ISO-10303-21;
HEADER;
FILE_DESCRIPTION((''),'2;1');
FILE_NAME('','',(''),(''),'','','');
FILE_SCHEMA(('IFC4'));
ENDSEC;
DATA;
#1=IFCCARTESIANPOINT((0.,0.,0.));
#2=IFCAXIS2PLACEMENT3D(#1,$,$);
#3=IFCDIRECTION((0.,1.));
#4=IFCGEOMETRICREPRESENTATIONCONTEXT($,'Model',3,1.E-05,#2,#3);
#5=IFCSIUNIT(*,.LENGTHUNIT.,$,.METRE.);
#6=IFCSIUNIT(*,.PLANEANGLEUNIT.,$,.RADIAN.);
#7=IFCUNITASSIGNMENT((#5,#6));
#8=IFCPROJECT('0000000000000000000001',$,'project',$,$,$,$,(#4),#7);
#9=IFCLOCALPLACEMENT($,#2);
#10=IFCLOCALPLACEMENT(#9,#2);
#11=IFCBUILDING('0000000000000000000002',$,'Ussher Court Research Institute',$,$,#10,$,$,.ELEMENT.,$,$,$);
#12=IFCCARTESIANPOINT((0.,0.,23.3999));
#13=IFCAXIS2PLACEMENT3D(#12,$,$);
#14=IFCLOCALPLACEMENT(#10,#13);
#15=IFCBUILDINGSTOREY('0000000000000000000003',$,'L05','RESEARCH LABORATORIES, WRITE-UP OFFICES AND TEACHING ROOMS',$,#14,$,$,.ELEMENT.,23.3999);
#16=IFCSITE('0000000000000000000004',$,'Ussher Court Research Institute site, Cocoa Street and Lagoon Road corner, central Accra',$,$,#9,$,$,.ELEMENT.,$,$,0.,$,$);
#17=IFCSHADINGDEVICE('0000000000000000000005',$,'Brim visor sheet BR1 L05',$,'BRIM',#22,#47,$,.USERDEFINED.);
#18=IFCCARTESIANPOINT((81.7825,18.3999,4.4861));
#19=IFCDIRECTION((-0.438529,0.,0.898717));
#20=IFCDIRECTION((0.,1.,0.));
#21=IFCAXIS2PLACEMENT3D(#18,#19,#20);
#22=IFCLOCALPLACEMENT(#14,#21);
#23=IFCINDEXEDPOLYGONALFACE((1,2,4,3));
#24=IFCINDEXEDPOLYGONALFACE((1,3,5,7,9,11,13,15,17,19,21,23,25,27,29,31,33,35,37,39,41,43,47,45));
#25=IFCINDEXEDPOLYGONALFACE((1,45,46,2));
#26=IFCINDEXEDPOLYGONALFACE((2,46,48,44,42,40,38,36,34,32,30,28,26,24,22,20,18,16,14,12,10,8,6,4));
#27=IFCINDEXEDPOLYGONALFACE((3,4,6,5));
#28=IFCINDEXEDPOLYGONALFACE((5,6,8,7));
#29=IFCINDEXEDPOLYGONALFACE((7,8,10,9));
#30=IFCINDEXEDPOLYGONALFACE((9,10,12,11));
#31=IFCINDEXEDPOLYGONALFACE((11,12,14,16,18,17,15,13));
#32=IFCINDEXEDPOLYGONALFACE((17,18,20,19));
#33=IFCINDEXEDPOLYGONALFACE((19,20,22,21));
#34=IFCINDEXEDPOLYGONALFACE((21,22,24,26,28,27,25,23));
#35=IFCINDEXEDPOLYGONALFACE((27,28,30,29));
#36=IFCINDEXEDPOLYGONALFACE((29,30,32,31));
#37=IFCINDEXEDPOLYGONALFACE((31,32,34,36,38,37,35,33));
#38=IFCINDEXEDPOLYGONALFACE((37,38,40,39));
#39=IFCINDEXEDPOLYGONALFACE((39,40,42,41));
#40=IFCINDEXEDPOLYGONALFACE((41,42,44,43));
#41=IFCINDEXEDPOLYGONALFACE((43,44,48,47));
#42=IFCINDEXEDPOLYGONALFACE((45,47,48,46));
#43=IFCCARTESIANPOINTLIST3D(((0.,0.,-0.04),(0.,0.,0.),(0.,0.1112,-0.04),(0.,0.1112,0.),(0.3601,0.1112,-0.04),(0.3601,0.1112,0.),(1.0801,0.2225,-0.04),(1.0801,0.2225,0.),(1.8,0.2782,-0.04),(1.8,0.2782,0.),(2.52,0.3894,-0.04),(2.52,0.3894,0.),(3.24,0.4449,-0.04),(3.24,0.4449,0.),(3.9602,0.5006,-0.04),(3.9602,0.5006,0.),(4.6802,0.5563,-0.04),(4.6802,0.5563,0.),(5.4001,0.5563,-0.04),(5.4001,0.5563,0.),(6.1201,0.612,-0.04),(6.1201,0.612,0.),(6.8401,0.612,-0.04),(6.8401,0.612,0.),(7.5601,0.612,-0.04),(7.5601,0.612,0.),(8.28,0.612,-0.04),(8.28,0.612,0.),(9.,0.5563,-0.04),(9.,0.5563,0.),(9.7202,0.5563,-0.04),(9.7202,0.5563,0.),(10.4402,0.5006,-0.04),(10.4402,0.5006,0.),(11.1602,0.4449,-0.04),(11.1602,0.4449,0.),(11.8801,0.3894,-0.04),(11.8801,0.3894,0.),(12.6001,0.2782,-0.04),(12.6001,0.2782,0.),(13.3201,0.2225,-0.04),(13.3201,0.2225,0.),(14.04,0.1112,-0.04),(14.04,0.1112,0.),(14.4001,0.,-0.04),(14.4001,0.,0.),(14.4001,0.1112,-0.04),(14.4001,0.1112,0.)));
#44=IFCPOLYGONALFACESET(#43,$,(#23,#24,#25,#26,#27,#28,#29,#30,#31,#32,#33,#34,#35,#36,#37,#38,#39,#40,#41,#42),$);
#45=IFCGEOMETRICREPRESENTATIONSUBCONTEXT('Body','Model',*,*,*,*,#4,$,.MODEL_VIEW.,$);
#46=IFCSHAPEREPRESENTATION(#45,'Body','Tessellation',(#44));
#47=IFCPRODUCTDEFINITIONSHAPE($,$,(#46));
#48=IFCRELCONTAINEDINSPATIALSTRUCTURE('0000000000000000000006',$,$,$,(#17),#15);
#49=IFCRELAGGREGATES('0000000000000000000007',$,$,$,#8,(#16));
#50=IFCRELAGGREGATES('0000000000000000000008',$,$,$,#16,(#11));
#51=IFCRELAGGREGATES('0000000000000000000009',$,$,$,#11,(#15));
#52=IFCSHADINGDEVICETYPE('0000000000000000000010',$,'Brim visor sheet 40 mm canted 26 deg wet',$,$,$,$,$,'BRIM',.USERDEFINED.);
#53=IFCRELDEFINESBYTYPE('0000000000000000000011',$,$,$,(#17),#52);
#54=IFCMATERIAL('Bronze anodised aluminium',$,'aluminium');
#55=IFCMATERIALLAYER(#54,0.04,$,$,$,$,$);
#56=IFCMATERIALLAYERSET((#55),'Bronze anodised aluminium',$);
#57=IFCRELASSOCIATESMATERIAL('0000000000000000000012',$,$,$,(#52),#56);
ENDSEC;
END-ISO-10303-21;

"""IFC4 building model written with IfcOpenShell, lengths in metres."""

from ifc_helpers import new_model, si_unit, direction, frame, origin, place, context, subcontext, project, spatial, polyline, outline, extrude, material, layer, layer_set, type_object, element, save


model = new_model("IFC4")

# Units and contexts
model_context = context("Model", 3, precision=1e-05, world=origin(), true_north=direction((0.0, 1.0)))
body_context = subcontext(model_context, "Body", "Model", "MODEL_VIEW")
ifc_project = project(units=[si_unit("LENGTHUNIT", "METRE"), si_unit("PLANEANGLEUNIT", "RADIAN")], contexts=[model_context])

# Site, building, storey
site_placement = place(None, origin())
site = spatial("IfcSite", under=ifc_project, at=site_placement, Name="Ussher Court Research Institute site, Cocoa Street and Lagoon Road corner, central Accra", CompositionType="ELEMENT", RefElevation=0.0)
building_placement = place(site_placement, origin())
building = spatial("IfcBuilding", under=site, at=building_placement, Name="Ussher Court Research Institute", CompositionType="ELEMENT")
storey_placement = place(building_placement, frame((0.0, 0.0, 23.3999)))
storey = spatial("IfcBuildingStorey", under=building, at=storey_placement, Name="L05", Description="RESEARCH LABORATORIES, WRITE-UP OFFICES AND TEACHING ROOMS", CompositionType="ELEMENT", Elevation=23.3999)

# Shading device
ifc_material_1 = material(Name="Bronze anodised aluminium", Category="aluminium")
ifc_layer_1 = layer(ifc_material_1, 0.04)
ifc_layer_set_1 = layer_set([ifc_layer_1], Name="Bronze anodised aluminium")
shading_device_type_1 = type_object("IfcShadingDeviceType", Name="Brim visor sheet 40 mm canted 26 deg wet", ElementType="BRIM", PredefinedType="USERDEFINED", material=ifc_layer_set_1)
shading_device_1_placement = place(storey_placement, frame((81.7825, 18.3999, 4.4861), z_axis=(-0.438529, 0.0, 0.898717), x_axis=(0.0, 1.0, 0.0)))
element("IfcShadingDevice", 1, at=shading_device_1_placement, inside=storey, type_object=shading_device_type_1, Name="Brim visor sheet BR1 L05", ObjectType="BRIM", PredefinedType="USERDEFINED", context=body_context, shape_type="SweptSolid", body=[
    extrude(outline(polyline([(0.0, 0.0), (14.4001, 0.0), (14.4001, 0.1112), (14.04, 0.1112), (13.3201, 0.2225), (12.6001, 0.2782), (11.8801, 0.3894), (11.1602, 0.4449), (10.4402, 0.5006), (9.7202, 0.5563), (9.0, 0.5563), (8.28, 0.612), (7.5601, 0.612), (6.8401, 0.612), (6.1201, 0.612), (5.4001, 0.5563), (4.6802, 0.5563), (3.9602, 0.5006), (3.24, 0.4449), (2.52, 0.3894), (1.8, 0.2782), (1.0801, 0.2225), (0.3601, 0.1112), (0.0, 0.1112), (0.0, 0.0)])), origin(), (0.0, 0.0, -1.0), 0.04),
])

save(model, "model.ifc")
